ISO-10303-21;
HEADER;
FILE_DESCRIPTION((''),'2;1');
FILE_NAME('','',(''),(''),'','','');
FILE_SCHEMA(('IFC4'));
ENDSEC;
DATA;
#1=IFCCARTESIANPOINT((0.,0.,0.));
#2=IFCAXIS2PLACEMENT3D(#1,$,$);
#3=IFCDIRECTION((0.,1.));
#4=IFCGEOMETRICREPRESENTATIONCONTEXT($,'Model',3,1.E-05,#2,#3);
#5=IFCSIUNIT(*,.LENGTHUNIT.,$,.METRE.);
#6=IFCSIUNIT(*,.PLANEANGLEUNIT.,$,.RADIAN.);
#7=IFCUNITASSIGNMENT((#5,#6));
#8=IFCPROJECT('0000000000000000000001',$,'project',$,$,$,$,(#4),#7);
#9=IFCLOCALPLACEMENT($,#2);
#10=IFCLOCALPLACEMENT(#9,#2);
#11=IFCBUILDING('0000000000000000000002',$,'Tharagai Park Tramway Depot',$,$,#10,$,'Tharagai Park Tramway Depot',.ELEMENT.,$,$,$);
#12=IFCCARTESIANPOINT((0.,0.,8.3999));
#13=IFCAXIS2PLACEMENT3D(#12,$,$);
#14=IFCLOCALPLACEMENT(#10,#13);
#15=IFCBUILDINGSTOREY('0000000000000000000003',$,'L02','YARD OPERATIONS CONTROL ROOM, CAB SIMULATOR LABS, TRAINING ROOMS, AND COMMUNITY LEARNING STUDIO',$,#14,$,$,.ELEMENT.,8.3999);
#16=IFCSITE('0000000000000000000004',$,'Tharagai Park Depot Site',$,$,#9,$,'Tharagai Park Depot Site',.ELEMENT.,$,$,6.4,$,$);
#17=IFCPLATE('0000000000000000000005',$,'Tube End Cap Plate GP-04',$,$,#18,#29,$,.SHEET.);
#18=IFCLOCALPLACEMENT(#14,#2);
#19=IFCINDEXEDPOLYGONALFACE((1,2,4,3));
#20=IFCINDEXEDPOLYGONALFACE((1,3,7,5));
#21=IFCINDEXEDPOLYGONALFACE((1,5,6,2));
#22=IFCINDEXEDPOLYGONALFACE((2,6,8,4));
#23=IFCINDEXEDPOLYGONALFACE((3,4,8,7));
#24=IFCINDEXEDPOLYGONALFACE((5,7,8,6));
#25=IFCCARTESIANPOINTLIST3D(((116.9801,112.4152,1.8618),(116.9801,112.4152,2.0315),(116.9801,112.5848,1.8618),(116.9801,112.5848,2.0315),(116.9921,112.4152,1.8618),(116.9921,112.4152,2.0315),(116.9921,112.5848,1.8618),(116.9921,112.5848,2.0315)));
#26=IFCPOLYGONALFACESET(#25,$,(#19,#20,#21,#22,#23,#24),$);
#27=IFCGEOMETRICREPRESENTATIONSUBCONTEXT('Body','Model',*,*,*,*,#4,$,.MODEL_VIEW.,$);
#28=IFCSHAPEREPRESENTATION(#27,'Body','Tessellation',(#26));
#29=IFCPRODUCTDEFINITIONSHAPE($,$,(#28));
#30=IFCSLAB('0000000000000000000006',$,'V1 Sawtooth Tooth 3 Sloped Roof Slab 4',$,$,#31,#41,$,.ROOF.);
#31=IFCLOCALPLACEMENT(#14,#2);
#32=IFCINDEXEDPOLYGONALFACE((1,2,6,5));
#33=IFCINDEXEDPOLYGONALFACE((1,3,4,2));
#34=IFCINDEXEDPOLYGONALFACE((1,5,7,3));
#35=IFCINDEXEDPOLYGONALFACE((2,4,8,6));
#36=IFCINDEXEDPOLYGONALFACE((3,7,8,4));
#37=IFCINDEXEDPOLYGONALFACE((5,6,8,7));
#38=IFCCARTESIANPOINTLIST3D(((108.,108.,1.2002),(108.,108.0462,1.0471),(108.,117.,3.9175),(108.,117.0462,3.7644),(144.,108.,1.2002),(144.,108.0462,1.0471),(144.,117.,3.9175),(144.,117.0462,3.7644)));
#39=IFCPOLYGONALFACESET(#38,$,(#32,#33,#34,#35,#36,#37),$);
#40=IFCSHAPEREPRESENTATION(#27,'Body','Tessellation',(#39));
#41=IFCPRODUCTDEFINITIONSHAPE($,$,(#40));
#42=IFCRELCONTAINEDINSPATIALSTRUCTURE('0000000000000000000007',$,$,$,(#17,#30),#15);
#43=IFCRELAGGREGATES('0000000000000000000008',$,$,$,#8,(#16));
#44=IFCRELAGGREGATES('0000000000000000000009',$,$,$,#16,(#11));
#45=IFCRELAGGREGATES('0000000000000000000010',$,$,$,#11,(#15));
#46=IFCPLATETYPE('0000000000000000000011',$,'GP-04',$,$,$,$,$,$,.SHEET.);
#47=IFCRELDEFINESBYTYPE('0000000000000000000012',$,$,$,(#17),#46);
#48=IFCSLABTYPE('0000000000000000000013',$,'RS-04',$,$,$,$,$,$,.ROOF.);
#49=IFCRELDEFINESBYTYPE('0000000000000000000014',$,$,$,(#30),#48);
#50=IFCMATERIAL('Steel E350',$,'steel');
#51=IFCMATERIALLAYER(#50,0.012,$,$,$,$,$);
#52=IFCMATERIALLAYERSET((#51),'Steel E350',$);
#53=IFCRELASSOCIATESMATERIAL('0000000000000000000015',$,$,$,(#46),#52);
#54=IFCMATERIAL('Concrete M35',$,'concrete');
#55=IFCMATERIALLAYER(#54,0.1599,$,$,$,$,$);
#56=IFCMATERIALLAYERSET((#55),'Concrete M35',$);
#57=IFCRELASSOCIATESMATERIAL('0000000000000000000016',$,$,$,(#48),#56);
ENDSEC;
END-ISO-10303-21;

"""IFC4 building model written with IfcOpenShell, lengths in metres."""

from ifc_helpers import new_model, si_unit, direction, frame, origin, origin_2d, place, context, subcontext, project, spatial, polyline, rectangle, outline, extrude, material, layer, layer_set, type_object, element, save


model = new_model("IFC4")

# Units and contexts
model_context = context("Model", 3, precision=1e-05, world=origin(), true_north=direction((0.0, 1.0)))
body_context = subcontext(model_context, "Body", "Model", "MODEL_VIEW")
ifc_project = project(units=[si_unit("LENGTHUNIT", "METRE"), si_unit("PLANEANGLEUNIT", "RADIAN")], contexts=[model_context])

# Site, building, storey
site_placement = place(None, origin())
site = spatial("IfcSite", under=ifc_project, at=site_placement, Name="Tharagai Park Depot Site", LongName="Tharagai Park Depot Site", CompositionType="ELEMENT", RefElevation=6.4)
building_placement = place(site_placement, origin())
building = spatial("IfcBuilding", under=site, at=building_placement, Name="Tharagai Park Tramway Depot", LongName="Tharagai Park Tramway Depot", CompositionType="ELEMENT")
storey_placement = place(building_placement, frame((0.0, 0.0, 8.3999)))
storey = spatial("IfcBuildingStorey", under=building, at=storey_placement, Name="L02", Description="YARD OPERATIONS CONTROL ROOM, CAB SIMULATOR LABS, TRAINING ROOMS, AND COMMUNITY LEARNING STUDIO", CompositionType="ELEMENT", Elevation=8.3999)

# Shared definitions
ifc_material_1 = material(Name="Steel E350", Category="steel")

# Plate
ifc_layer_1 = layer(ifc_material_1, 0.012)
ifc_layer_set_1 = layer_set([ifc_layer_1], Name="Steel E350")
plate_type_1 = type_object("IfcPlateType", Name="GP-04", PredefinedType="SHEET", material=ifc_layer_set_1)
for number, where, z_axis, x_axis, name in (
    (1, (116.9861, 112.5, 1.8618), (0.0, 0.0, 1.0), (1.0, 0.0, 0.0), "Tube End Cap Plate GP-04"),
):
    element("IfcPlate", number, at=place(storey_placement, frame(where, z_axis=z_axis, x_axis=x_axis)), inside=storey, type_object=plate_type_1, Name=name, PredefinedType="SHEET", context=body_context, shape_type="SweptSolid", body=[
        extrude(rectangle(XDim=0.012, YDim=0.1697, at=origin_2d()), origin(), (0.0, 0.0, 1.0), 0.1697),
    ])

# Slab
ifc_material_2 = material(Name="Concrete M35", Category="concrete")
ifc_layer_2 = layer(ifc_material_2, 0.1599)
ifc_layer_set_2 = layer_set([ifc_layer_2], Name="Concrete M35")
slab_type = type_object("IfcSlabType", Name="RS-04", PredefinedType="ROOF", material=ifc_layer_set_2)
slab_placement = place(storey_placement, frame((108.0, 108.0, 1.2002), z_axis=(0.0, -0.289034, 0.957319), x_axis=(1.0, 0.0, 0.0)))
element("IfcSlab", 2, at=slab_placement, inside=storey, type_object=slab_type, Name="V1 Sawtooth Tooth 3 Sloped Roof Slab 4", PredefinedType="ROOF", context=body_context, shape_type="SweptSolid", body=[
    extrude(outline(polyline([(0.0, 0.0), (36.0, 0.0), (36.0, 9.4013), (0.0, 9.4013), (0.0, 0.0)])), origin(), (0.0, 0.0, -1.0), 0.1599),
])

save(model, "model.ifc")
